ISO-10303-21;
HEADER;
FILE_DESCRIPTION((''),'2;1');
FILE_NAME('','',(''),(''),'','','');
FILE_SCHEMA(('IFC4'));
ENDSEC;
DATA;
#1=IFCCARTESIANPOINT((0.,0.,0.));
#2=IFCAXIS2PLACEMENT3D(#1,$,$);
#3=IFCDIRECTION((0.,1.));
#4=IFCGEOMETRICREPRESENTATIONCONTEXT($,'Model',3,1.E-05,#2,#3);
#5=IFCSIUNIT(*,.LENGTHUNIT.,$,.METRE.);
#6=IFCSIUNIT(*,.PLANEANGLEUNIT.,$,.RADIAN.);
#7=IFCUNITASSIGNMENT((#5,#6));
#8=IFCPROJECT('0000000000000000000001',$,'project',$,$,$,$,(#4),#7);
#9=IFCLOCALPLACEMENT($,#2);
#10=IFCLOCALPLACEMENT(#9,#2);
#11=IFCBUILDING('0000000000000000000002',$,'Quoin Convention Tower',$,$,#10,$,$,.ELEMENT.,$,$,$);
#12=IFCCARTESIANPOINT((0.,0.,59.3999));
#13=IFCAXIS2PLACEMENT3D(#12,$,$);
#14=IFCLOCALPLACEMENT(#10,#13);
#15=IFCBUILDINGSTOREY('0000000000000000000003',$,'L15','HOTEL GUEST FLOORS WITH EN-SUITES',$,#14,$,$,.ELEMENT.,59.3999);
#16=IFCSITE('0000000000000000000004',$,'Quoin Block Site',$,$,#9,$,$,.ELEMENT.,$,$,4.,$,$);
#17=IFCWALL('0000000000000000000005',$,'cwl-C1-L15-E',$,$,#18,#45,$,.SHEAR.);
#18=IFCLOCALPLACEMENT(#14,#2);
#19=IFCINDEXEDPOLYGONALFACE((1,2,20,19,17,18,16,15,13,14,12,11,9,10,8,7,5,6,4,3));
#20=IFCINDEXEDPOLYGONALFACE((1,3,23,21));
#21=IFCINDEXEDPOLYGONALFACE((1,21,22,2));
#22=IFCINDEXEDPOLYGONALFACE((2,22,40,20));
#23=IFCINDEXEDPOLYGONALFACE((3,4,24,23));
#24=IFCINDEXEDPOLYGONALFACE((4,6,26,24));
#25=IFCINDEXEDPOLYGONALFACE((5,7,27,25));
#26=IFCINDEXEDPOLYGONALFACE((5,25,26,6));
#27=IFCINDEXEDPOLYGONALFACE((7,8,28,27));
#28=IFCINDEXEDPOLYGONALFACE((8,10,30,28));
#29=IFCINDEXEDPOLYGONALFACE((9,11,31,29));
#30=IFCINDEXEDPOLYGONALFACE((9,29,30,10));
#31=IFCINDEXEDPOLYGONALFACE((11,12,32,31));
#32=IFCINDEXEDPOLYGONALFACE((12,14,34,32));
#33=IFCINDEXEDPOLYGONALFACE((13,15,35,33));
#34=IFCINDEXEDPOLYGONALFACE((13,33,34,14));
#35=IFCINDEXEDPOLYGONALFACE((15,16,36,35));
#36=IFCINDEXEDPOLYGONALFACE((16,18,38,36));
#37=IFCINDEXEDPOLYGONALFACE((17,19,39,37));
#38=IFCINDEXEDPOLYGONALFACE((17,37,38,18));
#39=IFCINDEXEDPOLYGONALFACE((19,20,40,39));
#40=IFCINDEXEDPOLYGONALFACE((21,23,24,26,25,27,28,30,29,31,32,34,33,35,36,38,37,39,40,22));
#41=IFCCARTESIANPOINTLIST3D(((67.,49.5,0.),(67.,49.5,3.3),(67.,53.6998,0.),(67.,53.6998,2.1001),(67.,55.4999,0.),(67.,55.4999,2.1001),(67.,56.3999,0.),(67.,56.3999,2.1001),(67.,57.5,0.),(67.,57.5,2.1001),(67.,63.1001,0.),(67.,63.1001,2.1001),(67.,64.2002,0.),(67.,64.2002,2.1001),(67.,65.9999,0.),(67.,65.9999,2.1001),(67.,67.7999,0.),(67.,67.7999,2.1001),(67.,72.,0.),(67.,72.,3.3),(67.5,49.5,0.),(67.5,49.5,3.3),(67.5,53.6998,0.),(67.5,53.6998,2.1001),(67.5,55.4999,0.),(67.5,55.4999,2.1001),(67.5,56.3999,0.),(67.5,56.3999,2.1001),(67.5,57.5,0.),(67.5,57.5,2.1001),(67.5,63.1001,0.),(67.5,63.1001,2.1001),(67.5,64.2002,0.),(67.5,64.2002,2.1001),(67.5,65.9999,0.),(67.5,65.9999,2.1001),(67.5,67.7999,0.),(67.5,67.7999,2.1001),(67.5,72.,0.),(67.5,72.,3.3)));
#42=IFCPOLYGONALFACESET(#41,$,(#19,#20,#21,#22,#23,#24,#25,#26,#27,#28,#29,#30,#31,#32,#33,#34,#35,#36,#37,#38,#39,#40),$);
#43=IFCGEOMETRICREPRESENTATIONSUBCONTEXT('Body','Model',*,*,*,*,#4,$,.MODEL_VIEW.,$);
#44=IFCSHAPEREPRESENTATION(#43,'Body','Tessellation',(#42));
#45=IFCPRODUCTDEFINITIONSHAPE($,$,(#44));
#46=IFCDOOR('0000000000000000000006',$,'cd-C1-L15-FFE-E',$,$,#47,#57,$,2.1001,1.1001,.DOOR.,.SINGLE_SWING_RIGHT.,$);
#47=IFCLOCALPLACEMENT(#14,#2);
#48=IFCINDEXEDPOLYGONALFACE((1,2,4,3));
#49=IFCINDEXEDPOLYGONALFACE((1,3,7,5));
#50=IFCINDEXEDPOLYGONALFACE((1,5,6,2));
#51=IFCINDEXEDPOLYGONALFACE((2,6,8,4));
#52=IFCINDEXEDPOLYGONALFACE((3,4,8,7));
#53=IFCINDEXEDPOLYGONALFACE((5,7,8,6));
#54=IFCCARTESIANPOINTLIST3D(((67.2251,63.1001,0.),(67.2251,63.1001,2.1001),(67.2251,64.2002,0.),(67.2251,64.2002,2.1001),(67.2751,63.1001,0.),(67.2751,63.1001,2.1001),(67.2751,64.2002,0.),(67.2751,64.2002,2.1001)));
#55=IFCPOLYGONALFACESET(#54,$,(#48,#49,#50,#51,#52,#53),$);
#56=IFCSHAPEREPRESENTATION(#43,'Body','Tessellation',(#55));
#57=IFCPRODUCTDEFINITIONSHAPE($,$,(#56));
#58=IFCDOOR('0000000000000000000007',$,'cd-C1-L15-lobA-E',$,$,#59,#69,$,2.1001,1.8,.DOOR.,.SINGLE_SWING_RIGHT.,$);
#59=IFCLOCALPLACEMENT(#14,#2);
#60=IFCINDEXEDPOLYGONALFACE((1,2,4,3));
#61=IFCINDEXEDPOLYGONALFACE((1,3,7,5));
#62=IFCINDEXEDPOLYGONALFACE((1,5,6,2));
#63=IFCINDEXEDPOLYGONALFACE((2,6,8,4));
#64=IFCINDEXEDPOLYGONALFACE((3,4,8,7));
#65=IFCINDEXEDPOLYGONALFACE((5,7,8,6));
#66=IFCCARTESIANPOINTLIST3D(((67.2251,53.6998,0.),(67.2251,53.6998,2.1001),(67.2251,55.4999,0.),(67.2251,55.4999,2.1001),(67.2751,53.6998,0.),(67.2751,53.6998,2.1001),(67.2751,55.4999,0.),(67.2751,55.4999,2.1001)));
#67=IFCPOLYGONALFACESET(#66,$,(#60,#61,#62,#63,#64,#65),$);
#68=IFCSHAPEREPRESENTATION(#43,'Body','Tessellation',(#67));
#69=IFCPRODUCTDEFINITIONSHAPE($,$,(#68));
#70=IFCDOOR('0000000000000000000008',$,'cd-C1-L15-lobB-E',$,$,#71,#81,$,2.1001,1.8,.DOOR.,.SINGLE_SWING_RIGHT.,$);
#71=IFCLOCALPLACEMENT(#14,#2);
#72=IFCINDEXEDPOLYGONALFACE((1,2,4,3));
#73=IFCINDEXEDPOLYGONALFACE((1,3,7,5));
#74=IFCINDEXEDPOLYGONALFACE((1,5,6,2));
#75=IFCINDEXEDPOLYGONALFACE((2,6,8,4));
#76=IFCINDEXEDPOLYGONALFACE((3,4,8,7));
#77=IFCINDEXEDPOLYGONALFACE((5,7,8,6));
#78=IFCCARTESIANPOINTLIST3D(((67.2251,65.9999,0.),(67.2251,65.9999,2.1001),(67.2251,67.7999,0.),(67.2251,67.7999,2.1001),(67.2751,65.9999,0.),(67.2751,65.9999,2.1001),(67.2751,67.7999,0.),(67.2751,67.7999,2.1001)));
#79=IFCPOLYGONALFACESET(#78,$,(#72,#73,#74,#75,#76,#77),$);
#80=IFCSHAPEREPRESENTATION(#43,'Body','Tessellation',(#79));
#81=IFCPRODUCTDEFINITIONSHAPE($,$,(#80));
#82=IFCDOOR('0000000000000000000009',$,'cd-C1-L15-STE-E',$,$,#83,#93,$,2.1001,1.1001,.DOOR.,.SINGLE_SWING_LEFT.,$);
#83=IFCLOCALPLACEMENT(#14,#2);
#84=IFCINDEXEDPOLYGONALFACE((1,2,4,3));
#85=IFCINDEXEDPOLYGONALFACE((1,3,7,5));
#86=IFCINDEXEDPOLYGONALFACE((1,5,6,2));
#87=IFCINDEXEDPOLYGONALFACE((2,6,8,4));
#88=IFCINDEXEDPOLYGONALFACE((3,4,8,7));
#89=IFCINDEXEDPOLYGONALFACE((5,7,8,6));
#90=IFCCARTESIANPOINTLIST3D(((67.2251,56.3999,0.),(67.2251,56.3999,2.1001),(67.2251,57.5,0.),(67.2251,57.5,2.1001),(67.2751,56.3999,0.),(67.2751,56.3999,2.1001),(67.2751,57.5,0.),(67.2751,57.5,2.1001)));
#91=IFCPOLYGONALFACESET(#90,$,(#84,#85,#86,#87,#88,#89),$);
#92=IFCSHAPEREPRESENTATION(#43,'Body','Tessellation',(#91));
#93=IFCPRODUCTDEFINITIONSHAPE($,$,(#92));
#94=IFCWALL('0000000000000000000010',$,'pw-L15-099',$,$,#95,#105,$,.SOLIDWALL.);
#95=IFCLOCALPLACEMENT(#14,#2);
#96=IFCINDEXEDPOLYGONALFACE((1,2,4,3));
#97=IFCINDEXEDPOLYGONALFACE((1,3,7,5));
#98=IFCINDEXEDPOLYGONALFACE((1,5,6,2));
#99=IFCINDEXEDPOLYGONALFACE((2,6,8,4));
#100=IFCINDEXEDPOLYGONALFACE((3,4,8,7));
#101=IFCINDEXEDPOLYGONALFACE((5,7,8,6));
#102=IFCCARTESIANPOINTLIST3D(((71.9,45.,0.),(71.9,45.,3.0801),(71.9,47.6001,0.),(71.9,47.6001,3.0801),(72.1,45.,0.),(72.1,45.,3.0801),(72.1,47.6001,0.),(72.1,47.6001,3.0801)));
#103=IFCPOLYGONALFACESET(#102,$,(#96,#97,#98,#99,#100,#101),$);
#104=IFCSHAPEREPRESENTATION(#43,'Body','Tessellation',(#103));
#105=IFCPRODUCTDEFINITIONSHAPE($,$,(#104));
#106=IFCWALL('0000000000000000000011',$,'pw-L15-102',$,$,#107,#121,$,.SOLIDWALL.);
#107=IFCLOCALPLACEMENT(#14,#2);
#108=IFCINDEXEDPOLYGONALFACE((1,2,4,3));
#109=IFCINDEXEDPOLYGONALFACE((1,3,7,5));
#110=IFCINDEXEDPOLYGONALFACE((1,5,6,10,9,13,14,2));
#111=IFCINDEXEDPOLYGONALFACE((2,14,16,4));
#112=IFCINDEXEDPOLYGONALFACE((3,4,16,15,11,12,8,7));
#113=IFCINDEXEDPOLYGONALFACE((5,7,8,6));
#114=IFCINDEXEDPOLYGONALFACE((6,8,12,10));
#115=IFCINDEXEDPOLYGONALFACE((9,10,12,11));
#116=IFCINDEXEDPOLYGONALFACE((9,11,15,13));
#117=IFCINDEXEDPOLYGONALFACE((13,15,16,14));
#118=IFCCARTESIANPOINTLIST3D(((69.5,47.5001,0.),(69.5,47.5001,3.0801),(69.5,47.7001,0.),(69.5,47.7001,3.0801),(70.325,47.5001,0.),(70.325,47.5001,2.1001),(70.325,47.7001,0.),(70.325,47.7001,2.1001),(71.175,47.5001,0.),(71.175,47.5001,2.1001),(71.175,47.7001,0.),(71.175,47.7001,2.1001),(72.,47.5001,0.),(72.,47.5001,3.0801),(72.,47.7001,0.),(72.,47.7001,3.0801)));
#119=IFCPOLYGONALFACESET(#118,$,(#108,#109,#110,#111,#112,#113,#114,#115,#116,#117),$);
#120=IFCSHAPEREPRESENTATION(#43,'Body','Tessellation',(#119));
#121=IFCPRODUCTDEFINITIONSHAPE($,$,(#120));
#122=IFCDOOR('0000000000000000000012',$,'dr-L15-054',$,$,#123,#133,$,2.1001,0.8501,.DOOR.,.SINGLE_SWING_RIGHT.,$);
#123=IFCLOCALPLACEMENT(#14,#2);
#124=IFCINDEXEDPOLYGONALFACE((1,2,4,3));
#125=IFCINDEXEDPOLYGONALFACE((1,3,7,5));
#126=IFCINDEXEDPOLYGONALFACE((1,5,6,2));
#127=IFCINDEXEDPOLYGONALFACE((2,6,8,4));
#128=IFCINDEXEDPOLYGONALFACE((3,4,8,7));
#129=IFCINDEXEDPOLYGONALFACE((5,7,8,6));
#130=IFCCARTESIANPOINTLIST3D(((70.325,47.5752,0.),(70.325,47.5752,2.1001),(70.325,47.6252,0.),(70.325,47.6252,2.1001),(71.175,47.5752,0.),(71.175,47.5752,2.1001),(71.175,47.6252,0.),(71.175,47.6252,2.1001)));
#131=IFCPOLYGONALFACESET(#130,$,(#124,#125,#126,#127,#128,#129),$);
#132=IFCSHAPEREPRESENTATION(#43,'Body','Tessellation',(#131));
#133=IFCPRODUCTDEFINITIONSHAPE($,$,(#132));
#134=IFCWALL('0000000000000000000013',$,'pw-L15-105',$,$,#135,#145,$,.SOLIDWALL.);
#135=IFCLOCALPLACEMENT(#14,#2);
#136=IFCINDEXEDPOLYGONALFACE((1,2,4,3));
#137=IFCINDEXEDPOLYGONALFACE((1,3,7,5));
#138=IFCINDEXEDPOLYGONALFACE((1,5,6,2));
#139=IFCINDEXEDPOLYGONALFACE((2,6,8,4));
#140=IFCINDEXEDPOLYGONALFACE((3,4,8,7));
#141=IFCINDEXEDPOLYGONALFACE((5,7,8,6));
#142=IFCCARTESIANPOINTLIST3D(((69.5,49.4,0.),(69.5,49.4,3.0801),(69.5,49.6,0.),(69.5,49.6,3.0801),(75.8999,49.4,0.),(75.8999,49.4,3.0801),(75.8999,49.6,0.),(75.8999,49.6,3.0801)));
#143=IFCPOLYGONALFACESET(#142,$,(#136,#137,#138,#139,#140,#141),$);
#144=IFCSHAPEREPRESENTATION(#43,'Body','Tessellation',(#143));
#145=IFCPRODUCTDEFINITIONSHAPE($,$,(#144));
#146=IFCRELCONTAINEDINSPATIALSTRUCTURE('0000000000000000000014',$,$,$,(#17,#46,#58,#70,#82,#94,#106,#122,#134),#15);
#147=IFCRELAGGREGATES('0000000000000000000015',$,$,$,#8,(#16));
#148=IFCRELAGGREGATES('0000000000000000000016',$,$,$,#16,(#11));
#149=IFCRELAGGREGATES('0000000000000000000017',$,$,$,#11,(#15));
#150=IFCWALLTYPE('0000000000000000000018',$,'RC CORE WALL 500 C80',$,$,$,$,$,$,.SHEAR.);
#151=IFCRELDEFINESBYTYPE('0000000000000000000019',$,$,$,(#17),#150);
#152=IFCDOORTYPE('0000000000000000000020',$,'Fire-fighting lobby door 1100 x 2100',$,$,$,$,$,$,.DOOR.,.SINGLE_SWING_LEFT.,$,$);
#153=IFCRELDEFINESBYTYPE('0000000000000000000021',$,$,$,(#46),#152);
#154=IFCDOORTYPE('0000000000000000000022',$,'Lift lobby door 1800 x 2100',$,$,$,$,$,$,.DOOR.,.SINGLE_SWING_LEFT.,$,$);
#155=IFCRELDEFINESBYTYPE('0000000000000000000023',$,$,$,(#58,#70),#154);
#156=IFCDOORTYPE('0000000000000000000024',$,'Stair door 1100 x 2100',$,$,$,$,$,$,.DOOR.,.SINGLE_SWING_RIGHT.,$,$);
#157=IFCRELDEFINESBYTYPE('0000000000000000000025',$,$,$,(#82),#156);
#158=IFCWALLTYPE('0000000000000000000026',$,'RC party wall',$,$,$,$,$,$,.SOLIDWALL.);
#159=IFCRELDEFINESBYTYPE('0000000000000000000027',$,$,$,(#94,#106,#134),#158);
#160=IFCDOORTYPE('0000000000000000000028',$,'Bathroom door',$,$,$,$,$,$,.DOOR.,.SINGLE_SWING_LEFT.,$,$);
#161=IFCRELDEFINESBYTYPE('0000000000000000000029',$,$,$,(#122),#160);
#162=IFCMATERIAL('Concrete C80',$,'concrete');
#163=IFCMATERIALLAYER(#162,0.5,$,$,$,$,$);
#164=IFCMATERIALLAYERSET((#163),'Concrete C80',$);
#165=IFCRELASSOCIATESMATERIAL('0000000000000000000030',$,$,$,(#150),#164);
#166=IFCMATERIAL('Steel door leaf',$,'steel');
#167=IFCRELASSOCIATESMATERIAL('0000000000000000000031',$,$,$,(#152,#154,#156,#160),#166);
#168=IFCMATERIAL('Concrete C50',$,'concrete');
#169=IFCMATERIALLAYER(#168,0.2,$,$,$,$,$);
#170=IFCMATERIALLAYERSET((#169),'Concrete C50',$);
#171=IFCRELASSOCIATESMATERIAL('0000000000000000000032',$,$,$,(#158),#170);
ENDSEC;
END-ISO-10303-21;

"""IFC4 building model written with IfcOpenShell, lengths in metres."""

from ifc_helpers import new_model, si_unit, direction, frame, frame_2d, origin, place, context, subcontext, project, spatial, rectangle, extrude, material, layer, layer_set, type_object, element, fill, save


model = new_model("IFC4")

# Units and contexts
model_context = context("Model", 3, precision=1e-05, world=origin(), true_north=direction((0.0, 1.0)))
body_context = subcontext(model_context, "Body", "Model", "MODEL_VIEW")
ifc_project = project(units=[si_unit("LENGTHUNIT", "METRE"), si_unit("PLANEANGLEUNIT", "RADIAN")], contexts=[model_context])

# Site, building, storey
site_placement = place(None, origin())
site = spatial("IfcSite", under=ifc_project, at=site_placement, Name="Quoin Block Site", CompositionType="ELEMENT", RefElevation=4.0)
building_placement = place(site_placement, origin())
building = spatial("IfcBuilding", under=site, at=building_placement, Name="Quoin Convention Tower", CompositionType="ELEMENT")
storey_placement = place(building_placement, frame((0.0, 0.0, 59.3999)))
storey = spatial("IfcBuildingStorey", under=building, at=storey_placement, Name="L15", Description="HOTEL GUEST FLOORS WITH EN-SUITES", CompositionType="ELEMENT", Elevation=59.3999)

# Shared definitions
ifc_material_1 = material(Name="Concrete C80", Category="concrete")

# Shared definitions
ifc_material_2 = material(Name="Concrete C50", Category="concrete")

# Wall, openings, doors
ifc_layer_1 = layer(ifc_material_1, 0.5)
ifc_layer_set_1 = layer_set([ifc_layer_1], Name="Concrete C80")
wall_type_1 = type_object("IfcWallType", Name="RC CORE WALL 500 C80", PredefinedType="SHEAR", material=ifc_layer_set_1)
wall_1_placement = place(storey_placement, frame((67.25, 49.5, 0.0), z_axis=(0.0, 0.0, 1.0), x_axis=(0.0, 1.0, 0.0)))
wall_1 = element("IfcWall", 1, at=wall_1_placement, inside=storey, type_object=wall_type_1, Name="cwl-C1-L15-E", PredefinedType="SHEAR", context=body_context, shape_type="SweptSolid", body=[
    extrude(rectangle(XDim=22.5, YDim=0.5, at=frame_2d((11.25, 0.0))), origin(), (0.0, 0.0, 1.0), 3.3),
])
opening_1_placement = place(wall_1_placement, frame((4.2, 0.0, 0.0)))
opening_1 = element("IfcOpeningElement", 2, at=opening_1_placement, cuts=wall_1, PredefinedType="OPENING", context=body_context, shape_type="SweptSolid", body=[
    extrude(rectangle(XDim=1.8, YDim=2.1001, at=frame_2d((0.8999, 1.05))), frame((0.0, 0.26, 0.0), z_axis=(0.0, -1.0, 0.0), x_axis=(1.0, 0.0, 0.0)), (0.0, 0.0, 1.0), 0.52),
])
opening_2_placement = place(wall_1_placement, frame((6.8999, 0.0, 0.0)))
opening_2 = element("IfcOpeningElement", 3, at=opening_2_placement, cuts=wall_1, PredefinedType="OPENING", context=body_context, shape_type="SweptSolid", body=[
    extrude(rectangle(XDim=1.1001, YDim=2.1001, at=frame_2d((0.55, 1.05))), frame((0.0, 0.26, 0.0), z_axis=(0.0, -1.0, 0.0), x_axis=(1.0, 0.0, 0.0)), (0.0, 0.0, 1.0), 0.52),
])
opening_3_placement = place(wall_1_placement, frame((13.6001, 0.0, 0.0)))
opening_3 = element("IfcOpeningElement", 4, at=opening_3_placement, cuts=wall_1, PredefinedType="OPENING", context=body_context, shape_type="SweptSolid", body=[
    extrude(rectangle(XDim=1.1001, YDim=2.1001, at=frame_2d((0.55, 1.05))), frame((0.0, 0.26, 0.0), z_axis=(0.0, -1.0, 0.0), x_axis=(1.0, 0.0, 0.0)), (0.0, 0.0, 1.0), 0.52),
])
opening_4_placement = place(wall_1_placement, frame((16.5, 0.0, 0.0)))
opening_4 = element("IfcOpeningElement", 5, at=opening_4_placement, cuts=wall_1, PredefinedType="OPENING", context=body_context, shape_type="SweptSolid", body=[
    extrude(rectangle(XDim=1.8, YDim=2.1001, at=frame_2d((0.8999, 1.05))), frame((0.0, 0.26, 0.0), z_axis=(0.0, -1.0, 0.0), x_axis=(1.0, 0.0, 0.0)), (0.0, 0.0, 1.0), 0.52),
])
ifc_material_3 = material(Name="Steel door leaf", Category="steel")
door_type_1 = type_object("IfcDoorType", Name="Fire-fighting lobby door 1100 x 2100", OperationType="SINGLE_SWING_LEFT", PredefinedType="DOOR", material=ifc_material_3)
door_1_placement = place(opening_3_placement, origin())
door_1 = element("IfcDoor", 6, at=door_1_placement, inside=storey, type_object=door_type_1, Name="cd-C1-L15-FFE-E", OperationType="SINGLE_SWING_RIGHT", OverallHeight=2.1001, OverallWidth=1.1001, PredefinedType="DOOR", context=body_context, shape_type="SweptSolid", body=[
    extrude(rectangle(XDim=1.1001, YDim=2.1001, at=frame_2d((0.55, 1.05))), frame((0.0, 0.0249, 0.0), z_axis=(0.0, -1.0, 0.0), x_axis=(1.0, 0.0, 0.0)), (0.0, 0.0, 1.0), 0.05),
])
fill(opening_3, door_1)
door_type_2 = type_object("IfcDoorType", Name="Lift lobby door 1800 x 2100", OperationType="SINGLE_SWING_LEFT", PredefinedType="DOOR", material=ifc_material_3)
door_2_placement = place(opening_1_placement, origin())
door_2 = element("IfcDoor", 7, at=door_2_placement, inside=storey, type_object=door_type_2, Name="cd-C1-L15-lobA-E", OperationType="SINGLE_SWING_RIGHT", OverallHeight=2.1001, OverallWidth=1.8, PredefinedType="DOOR", context=body_context, shape_type="SweptSolid", body=[
    extrude(rectangle(XDim=1.8, YDim=2.1001, at=frame_2d((0.8999, 1.05))), frame((0.0, 0.0249, 0.0), z_axis=(0.0, -1.0, 0.0), x_axis=(1.0, 0.0, 0.0)), (0.0, 0.0, 1.0), 0.05),
])
fill(opening_1, door_2)
door_3_placement = place(opening_4_placement, origin())
door_3 = element("IfcDoor", 8, at=door_3_placement, inside=storey, type_object=door_type_2, Name="cd-C1-L15-lobB-E", OperationType="SINGLE_SWING_RIGHT", OverallHeight=2.1001, OverallWidth=1.8, PredefinedType="DOOR", context=body_context, shape_type="SweptSolid", body=[
    extrude(rectangle(XDim=1.8, YDim=2.1001, at=frame_2d((0.8999, 1.05))), frame((0.0, 0.0249, 0.0), z_axis=(0.0, -1.0, 0.0), x_axis=(1.0, 0.0, 0.0)), (0.0, 0.0, 1.0), 0.05),
])
fill(opening_4, door_3)
door_type_3 = type_object("IfcDoorType", Name="Stair door 1100 x 2100", OperationType="SINGLE_SWING_RIGHT", PredefinedType="DOOR", material=ifc_material_3)
door_4_placement = place(opening_2_placement, origin())
door_4 = element("IfcDoor", 9, at=door_4_placement, inside=storey, type_object=door_type_3, Name="cd-C1-L15-STE-E", OperationType="SINGLE_SWING_LEFT", OverallHeight=2.1001, OverallWidth=1.1001, PredefinedType="DOOR", context=body_context, shape_type="SweptSolid", body=[
    extrude(rectangle(XDim=1.1001, YDim=2.1001, at=frame_2d((0.55, 1.05))), frame((0.0, 0.0249, 0.0), z_axis=(0.0, -1.0, 0.0), x_axis=(1.0, 0.0, 0.0)), (0.0, 0.0, 1.0), 0.05),
])
fill(opening_2, door_4)

# Wall
ifc_layer_2 = layer(ifc_material_2, 0.2)
ifc_layer_set_2 = layer_set([ifc_layer_2], Name="Concrete C50")
wall_type_2 = type_object("IfcWallType", Name="RC party wall", PredefinedType="SOLIDWALL", material=ifc_layer_set_2)
wall_2_placement = place(storey_placement, frame((72.0, 45.0, 0.0), z_axis=(0.0, 0.0, 1.0), x_axis=(0.0, 1.0, 0.0)))
element("IfcWall", 10, at=wall_2_placement, inside=storey, type_object=wall_type_2, Name="pw-L15-099", PredefinedType="SOLIDWALL", context=body_context, shape_type="SweptSolid", body=[
    extrude(rectangle(XDim=2.6001, YDim=0.2, at=frame_2d((1.3, 0.0))), origin(), (0.0, 0.0, 1.0), 3.0801),
])

# Wall, opening, door
wall_3_placement = place(storey_placement, frame((69.5, 47.6001, 0.0), z_axis=(0.0, 0.0, 1.0), x_axis=(1.0, 0.0, 0.0)))
wall_3 = element("IfcWall", 11, at=wall_3_placement, inside=storey, type_object=wall_type_2, Name="pw-L15-102", PredefinedType="SOLIDWALL", context=body_context, shape_type="SweptSolid", body=[
    extrude(rectangle(XDim=2.5, YDim=0.2, at=frame_2d((1.25, 0.0))), origin(), (0.0, 0.0, 1.0), 3.0801),
])
opening_5_placement = place(wall_3_placement, frame((0.825, 0.0, 0.0)))
opening_5 = element("IfcOpeningElement", 12, at=opening_5_placement, cuts=wall_3, PredefinedType="OPENING", context=body_context, shape_type="SweptSolid", body=[
    extrude(rectangle(XDim=0.8501, YDim=2.1001, at=frame_2d((0.425, 1.05))), frame((0.0, 0.1099, 0.0), z_axis=(0.0, -1.0, 0.0), x_axis=(1.0, 0.0, 0.0)), (0.0, 0.0, 1.0), 0.22),
])
door_type_4 = type_object("IfcDoorType", Name="Bathroom door", OperationType="SINGLE_SWING_LEFT", PredefinedType="DOOR", material=ifc_material_3)
door_5_placement = place(opening_5_placement, frame((0.8501, 0.0, 0.0), z_axis=(0.0, 0.0, 1.0), x_axis=(-1.0, 0.0, 0.0)))
door_5 = element("IfcDoor", 13, at=door_5_placement, inside=storey, type_object=door_type_4, Name="dr-L15-054", OperationType="SINGLE_SWING_RIGHT", OverallHeight=2.1001, OverallWidth=0.8501, PredefinedType="DOOR", context=body_context, shape_type="SweptSolid", body=[
    extrude(rectangle(XDim=0.8501, YDim=2.1001, at=frame_2d((0.425, 1.05))), frame((0.0, 0.0249, 0.0), z_axis=(0.0, -1.0, 0.0), x_axis=(1.0, 0.0, 0.0)), (0.0, 0.0, 1.0), 0.05),
])
fill(opening_5, door_5)

# Wall
wall_4_placement = place(storey_placement, frame((69.5, 49.5, 0.0), z_axis=(0.0, 0.0, 1.0), x_axis=(1.0, 0.0, 0.0)))
element("IfcWall", 14, at=wall_4_placement, inside=storey, type_object=wall_type_2, Name="pw-L15-105", PredefinedType="SOLIDWALL", context=body_context, shape_type="SweptSolid", body=[
    extrude(rectangle(XDim=6.3999, YDim=0.2, at=frame_2d((3.2, 0.0))), origin(), (0.0, 0.0, 1.0), 3.0801),
])

save(model, "model.ifc")
